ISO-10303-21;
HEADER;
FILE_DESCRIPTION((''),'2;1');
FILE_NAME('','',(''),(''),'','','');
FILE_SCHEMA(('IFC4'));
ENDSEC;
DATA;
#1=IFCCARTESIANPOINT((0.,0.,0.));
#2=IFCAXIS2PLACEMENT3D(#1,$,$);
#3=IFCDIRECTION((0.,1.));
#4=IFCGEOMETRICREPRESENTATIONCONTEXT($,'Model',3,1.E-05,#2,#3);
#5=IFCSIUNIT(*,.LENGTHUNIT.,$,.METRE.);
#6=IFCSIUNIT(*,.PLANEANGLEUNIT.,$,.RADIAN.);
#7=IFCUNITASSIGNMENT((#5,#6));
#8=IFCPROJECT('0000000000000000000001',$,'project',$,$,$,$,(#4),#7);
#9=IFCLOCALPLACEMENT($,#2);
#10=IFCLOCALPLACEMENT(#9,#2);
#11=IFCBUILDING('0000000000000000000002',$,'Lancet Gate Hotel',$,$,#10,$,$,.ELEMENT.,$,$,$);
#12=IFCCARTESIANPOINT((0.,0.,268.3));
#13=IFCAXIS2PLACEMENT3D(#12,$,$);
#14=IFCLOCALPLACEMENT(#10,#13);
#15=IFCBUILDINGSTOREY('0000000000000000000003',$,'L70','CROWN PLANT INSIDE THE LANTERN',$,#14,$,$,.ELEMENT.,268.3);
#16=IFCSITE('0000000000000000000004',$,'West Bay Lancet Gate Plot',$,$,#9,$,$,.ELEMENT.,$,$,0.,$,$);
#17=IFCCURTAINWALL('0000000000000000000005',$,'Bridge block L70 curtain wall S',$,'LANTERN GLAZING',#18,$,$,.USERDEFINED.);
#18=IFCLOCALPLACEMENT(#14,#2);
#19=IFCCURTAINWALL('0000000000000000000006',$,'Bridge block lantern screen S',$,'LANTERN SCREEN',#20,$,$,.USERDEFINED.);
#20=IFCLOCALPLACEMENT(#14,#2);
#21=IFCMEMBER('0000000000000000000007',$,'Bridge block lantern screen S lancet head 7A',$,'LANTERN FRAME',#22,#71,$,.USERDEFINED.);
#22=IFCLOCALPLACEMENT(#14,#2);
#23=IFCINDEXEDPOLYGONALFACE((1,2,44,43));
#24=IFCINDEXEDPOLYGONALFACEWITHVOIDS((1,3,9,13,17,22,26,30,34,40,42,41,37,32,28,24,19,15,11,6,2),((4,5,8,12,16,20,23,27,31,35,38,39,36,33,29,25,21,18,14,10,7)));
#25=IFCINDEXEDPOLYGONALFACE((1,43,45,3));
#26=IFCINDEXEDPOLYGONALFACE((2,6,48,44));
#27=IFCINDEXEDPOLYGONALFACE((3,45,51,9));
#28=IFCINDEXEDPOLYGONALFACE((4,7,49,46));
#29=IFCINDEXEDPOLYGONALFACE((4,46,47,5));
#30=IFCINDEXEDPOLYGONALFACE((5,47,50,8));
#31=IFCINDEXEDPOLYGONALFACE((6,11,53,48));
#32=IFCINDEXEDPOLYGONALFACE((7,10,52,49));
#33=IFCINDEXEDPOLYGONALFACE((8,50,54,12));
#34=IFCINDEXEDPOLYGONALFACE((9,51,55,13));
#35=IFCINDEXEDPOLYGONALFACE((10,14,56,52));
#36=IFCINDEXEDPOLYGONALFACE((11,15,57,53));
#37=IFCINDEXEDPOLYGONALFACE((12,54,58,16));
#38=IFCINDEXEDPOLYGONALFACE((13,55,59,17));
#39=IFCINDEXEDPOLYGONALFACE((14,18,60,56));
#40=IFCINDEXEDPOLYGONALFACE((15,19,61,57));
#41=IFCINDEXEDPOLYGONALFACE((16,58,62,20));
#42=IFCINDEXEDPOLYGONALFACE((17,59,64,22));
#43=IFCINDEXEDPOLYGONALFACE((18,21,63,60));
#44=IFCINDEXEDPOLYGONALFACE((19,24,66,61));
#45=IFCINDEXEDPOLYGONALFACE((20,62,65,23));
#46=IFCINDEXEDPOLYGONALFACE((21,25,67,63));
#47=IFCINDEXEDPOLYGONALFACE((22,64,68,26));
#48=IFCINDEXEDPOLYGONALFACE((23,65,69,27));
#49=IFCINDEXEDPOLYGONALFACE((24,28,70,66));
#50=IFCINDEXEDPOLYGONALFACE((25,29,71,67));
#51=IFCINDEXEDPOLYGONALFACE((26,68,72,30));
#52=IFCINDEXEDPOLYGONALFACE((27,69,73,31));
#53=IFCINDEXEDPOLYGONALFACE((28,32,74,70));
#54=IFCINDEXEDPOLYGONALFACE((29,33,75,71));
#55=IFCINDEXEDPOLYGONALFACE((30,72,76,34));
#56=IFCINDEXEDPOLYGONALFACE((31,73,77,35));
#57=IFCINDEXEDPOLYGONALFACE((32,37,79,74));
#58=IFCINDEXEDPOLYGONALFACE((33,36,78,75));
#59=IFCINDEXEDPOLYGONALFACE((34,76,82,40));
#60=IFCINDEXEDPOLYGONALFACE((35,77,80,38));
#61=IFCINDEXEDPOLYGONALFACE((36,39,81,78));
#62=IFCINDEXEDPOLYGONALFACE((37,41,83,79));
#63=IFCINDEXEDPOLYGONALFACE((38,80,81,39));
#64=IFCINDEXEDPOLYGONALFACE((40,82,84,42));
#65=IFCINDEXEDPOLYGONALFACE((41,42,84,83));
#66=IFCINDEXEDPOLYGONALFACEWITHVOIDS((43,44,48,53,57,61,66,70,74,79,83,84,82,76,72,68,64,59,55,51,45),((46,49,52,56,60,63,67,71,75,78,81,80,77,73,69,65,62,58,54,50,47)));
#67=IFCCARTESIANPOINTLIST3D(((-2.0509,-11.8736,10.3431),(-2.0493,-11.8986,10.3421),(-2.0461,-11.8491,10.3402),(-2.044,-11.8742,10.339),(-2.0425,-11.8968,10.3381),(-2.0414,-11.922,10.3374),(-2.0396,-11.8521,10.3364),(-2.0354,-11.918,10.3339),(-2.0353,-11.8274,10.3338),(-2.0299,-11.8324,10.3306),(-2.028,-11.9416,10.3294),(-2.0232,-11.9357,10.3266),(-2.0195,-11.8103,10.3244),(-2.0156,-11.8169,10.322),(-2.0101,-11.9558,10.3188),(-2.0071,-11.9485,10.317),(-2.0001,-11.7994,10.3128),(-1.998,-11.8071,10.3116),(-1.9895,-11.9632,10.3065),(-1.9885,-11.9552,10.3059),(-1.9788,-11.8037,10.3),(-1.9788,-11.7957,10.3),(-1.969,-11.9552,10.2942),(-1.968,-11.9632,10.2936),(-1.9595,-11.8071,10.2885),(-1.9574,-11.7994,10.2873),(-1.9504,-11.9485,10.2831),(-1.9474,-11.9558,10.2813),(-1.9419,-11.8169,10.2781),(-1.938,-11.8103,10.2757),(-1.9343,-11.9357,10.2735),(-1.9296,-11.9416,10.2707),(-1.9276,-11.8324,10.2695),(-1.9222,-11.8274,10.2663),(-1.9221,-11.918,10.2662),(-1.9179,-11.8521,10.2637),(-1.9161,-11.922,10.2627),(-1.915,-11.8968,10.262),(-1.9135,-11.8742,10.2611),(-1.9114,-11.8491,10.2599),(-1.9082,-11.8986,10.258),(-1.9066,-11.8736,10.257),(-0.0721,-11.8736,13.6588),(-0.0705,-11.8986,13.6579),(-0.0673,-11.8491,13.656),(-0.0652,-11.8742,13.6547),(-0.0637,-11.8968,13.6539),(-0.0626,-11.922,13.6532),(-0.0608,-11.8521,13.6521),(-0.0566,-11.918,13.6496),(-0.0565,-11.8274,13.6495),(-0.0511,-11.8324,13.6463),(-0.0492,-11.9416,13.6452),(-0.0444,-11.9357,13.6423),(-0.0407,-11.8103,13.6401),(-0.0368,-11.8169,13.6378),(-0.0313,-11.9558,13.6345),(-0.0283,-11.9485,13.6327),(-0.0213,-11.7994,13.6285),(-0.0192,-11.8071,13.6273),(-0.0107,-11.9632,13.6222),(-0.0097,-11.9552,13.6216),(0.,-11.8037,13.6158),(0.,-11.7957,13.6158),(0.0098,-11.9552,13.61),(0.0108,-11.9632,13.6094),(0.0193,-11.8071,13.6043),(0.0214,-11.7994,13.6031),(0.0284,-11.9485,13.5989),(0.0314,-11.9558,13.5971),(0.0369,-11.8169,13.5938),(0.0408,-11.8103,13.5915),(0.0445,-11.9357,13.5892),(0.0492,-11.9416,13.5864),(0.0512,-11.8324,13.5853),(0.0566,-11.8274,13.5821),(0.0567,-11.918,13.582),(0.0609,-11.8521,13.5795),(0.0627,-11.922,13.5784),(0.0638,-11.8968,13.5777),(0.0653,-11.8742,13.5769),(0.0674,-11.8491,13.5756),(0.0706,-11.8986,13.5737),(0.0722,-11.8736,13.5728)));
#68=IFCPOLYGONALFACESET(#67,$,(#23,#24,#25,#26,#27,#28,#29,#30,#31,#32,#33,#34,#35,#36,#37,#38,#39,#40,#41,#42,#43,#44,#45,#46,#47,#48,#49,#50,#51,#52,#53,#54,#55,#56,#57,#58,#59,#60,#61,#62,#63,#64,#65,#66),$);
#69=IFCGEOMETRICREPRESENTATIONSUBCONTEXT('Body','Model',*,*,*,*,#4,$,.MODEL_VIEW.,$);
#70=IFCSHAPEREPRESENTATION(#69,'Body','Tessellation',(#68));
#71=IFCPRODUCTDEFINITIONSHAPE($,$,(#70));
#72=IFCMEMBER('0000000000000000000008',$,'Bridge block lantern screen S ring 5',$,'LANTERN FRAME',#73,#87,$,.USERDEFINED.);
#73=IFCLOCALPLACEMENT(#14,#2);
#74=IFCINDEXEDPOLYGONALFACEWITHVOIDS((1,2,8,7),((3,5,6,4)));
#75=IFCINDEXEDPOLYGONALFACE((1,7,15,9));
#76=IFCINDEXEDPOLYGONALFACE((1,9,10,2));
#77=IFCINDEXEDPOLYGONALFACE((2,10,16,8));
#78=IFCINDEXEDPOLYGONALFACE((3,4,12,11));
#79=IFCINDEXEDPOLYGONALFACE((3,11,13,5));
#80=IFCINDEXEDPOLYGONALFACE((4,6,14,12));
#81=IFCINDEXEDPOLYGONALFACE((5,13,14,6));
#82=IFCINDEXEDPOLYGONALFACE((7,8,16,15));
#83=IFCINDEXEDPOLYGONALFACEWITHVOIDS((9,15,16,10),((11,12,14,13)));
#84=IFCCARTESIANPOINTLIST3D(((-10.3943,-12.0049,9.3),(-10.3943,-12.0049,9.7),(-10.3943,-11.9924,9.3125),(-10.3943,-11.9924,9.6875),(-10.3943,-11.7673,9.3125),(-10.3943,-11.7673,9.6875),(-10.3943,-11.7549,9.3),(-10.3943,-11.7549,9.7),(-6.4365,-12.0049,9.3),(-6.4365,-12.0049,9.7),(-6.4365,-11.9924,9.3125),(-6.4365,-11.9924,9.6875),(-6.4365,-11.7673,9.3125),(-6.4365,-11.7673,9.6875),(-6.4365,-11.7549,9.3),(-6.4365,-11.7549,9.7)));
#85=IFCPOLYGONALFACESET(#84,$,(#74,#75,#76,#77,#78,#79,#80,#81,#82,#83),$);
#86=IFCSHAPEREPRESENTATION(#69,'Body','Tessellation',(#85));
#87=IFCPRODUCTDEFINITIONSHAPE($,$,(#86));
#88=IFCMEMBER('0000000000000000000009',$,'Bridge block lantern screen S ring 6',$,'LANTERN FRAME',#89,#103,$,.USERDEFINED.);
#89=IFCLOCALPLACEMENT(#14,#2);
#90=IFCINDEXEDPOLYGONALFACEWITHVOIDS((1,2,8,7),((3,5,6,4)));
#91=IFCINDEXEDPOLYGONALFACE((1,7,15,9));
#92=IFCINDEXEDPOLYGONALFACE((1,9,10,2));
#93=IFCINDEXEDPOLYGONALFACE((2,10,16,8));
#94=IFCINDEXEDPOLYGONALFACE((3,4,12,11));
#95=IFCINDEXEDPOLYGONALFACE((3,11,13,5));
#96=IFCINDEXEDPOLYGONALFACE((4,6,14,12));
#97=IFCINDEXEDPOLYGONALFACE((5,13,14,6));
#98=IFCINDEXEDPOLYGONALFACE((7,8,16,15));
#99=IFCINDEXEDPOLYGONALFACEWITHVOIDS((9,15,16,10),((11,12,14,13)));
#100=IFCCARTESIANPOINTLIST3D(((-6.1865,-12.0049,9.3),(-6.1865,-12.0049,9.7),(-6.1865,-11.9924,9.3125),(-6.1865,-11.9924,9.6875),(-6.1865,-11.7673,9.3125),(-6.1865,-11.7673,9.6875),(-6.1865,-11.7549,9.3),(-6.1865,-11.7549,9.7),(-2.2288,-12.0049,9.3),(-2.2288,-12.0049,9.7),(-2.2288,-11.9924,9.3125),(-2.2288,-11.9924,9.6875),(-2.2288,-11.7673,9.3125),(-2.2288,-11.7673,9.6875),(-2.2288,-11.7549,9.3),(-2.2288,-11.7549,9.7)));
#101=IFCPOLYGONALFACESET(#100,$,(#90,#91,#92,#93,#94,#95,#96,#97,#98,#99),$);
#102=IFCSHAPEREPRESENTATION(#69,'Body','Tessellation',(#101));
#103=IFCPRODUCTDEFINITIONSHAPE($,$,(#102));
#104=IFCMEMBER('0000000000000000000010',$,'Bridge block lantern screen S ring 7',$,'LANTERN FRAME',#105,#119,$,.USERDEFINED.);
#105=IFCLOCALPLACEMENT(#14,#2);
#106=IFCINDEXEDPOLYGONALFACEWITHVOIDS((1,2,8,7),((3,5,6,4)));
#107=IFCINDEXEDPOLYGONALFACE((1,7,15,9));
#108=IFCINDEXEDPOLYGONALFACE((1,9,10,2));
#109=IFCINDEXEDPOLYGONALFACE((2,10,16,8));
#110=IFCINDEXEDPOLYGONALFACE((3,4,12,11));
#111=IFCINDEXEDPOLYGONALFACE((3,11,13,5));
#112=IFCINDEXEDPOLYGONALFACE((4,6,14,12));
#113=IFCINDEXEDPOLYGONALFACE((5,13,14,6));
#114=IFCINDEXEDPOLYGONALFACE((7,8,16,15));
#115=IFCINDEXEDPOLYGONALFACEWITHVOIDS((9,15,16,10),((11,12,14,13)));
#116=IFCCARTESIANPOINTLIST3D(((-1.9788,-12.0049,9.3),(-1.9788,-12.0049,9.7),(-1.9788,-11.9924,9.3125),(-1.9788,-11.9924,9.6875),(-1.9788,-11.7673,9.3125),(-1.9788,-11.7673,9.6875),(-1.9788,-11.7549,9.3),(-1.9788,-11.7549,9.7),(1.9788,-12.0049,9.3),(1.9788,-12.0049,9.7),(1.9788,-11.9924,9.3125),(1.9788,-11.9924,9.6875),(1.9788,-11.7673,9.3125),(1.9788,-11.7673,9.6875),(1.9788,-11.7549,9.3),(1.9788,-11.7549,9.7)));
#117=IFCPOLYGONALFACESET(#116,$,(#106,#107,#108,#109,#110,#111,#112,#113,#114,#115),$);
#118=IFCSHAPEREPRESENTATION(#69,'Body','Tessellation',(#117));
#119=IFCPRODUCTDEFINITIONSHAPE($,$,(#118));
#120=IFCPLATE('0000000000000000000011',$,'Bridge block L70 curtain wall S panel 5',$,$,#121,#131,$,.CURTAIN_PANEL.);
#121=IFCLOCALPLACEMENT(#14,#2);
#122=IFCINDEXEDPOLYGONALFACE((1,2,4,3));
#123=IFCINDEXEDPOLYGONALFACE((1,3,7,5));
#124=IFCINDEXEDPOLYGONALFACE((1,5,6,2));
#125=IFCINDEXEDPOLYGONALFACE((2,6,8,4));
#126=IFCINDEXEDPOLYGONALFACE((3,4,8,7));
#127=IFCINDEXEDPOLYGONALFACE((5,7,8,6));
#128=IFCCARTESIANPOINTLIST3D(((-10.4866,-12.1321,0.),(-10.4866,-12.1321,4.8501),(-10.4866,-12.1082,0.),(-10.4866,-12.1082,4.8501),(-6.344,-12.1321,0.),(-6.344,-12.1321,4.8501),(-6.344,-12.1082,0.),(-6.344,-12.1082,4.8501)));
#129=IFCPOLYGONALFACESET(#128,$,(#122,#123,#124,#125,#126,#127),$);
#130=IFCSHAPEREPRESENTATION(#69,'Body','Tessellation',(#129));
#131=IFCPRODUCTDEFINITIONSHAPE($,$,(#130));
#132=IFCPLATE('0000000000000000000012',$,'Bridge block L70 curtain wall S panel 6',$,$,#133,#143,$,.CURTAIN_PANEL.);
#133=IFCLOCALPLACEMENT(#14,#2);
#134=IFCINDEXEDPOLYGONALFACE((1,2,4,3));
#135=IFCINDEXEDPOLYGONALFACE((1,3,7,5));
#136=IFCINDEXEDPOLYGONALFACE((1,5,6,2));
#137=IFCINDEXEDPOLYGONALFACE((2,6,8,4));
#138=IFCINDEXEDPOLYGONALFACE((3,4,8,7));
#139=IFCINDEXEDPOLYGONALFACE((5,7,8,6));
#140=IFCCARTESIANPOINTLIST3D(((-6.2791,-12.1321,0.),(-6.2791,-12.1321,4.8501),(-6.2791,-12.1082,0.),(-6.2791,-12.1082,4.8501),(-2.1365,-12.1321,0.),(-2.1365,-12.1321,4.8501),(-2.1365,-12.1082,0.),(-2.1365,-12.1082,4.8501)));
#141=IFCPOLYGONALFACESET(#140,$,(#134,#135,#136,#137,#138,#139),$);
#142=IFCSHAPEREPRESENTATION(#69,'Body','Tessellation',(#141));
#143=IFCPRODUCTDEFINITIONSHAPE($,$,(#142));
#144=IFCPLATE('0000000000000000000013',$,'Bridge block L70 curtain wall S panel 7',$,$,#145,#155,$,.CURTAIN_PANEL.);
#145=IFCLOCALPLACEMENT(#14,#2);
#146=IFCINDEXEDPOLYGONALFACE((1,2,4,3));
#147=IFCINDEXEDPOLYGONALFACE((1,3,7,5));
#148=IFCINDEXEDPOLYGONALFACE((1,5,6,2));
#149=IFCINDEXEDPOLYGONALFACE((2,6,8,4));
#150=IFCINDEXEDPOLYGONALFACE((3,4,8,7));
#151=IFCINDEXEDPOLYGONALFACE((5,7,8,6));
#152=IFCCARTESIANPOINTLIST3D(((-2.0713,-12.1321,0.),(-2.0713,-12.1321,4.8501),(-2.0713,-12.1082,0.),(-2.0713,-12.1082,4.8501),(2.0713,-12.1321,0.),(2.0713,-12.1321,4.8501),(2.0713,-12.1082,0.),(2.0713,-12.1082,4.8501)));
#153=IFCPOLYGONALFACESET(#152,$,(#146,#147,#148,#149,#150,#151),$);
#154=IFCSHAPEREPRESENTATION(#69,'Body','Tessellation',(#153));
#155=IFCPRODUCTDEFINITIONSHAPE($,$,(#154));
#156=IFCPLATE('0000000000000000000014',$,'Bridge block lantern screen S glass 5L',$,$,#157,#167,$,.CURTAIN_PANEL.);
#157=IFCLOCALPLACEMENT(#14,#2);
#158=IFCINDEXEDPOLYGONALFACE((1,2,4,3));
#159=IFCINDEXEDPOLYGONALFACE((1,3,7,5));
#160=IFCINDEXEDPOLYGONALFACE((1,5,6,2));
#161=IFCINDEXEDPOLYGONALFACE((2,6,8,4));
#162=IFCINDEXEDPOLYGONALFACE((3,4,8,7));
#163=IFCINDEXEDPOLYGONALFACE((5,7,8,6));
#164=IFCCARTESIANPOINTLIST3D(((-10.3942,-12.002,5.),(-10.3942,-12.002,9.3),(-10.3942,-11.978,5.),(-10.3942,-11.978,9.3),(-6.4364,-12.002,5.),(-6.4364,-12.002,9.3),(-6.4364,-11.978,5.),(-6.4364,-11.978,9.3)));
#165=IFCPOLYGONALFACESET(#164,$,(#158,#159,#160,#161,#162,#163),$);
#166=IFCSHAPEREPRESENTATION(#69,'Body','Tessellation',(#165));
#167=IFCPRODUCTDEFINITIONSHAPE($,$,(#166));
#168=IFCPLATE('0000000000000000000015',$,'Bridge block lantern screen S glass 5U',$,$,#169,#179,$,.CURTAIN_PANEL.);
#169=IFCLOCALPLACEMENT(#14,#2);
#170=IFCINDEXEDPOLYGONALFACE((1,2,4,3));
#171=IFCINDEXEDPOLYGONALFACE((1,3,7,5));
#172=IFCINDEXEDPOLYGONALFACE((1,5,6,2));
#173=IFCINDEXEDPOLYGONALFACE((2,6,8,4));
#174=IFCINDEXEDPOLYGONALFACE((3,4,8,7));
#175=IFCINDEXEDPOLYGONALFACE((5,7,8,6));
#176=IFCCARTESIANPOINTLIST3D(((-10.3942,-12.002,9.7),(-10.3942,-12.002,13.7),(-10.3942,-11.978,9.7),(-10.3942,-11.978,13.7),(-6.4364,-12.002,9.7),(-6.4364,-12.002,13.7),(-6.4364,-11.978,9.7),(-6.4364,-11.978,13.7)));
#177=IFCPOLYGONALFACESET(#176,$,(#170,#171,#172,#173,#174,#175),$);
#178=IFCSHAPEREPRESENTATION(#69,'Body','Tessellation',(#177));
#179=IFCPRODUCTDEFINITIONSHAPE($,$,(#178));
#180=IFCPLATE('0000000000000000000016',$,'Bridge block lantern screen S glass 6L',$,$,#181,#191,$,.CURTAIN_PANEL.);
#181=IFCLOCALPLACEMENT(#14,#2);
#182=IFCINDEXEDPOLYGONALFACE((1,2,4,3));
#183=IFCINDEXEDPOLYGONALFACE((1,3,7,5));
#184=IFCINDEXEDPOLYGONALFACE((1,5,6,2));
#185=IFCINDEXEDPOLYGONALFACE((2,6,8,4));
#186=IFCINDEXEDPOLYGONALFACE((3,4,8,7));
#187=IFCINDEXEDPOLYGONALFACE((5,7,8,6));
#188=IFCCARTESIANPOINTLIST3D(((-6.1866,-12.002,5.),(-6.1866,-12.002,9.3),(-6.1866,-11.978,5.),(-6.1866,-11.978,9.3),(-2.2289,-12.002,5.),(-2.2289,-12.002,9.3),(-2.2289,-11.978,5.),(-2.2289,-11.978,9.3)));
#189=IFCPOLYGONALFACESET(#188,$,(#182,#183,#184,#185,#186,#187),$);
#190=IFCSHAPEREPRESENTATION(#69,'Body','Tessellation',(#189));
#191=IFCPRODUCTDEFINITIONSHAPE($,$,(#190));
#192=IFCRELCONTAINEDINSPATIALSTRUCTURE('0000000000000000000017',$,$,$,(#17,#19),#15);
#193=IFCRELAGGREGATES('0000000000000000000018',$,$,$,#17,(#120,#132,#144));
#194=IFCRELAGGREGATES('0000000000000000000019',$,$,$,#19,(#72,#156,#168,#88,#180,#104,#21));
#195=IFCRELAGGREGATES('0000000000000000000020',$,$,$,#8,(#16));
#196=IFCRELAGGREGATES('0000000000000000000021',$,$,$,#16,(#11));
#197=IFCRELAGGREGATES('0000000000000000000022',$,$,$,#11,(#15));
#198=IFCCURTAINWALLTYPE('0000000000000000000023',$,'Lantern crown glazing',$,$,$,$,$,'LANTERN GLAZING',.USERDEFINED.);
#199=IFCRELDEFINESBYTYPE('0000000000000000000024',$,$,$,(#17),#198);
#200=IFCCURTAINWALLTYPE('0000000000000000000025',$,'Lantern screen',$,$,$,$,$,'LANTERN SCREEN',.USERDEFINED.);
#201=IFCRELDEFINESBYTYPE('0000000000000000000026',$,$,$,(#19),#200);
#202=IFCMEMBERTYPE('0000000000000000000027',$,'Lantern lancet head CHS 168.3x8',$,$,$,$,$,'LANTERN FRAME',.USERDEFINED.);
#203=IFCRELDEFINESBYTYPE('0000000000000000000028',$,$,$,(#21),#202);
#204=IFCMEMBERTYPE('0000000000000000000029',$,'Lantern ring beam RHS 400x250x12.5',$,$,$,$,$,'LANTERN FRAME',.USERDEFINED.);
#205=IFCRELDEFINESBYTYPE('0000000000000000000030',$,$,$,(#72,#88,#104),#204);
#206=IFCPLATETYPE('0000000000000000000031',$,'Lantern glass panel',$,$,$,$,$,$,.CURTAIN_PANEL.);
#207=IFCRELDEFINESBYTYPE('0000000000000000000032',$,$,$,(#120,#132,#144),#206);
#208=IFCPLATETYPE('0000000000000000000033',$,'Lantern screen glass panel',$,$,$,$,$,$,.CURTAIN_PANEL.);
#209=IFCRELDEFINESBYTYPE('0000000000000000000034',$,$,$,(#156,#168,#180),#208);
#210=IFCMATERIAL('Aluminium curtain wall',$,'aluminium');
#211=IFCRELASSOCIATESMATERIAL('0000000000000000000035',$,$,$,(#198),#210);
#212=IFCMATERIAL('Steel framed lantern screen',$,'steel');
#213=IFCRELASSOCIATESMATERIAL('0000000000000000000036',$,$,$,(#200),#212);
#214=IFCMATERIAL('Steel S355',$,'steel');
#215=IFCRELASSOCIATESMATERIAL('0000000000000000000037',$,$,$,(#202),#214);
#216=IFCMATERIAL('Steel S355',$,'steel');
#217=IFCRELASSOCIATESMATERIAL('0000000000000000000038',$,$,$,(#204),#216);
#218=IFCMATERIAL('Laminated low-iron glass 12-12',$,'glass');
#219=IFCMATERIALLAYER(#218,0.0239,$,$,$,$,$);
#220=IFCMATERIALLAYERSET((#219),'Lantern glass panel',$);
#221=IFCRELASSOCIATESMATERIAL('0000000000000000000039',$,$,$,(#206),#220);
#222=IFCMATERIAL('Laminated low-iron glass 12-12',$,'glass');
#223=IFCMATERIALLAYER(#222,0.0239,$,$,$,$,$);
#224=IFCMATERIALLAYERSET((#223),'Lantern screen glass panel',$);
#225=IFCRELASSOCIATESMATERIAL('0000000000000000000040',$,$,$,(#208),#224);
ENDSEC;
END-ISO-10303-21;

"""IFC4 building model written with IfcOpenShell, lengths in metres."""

from ifc_helpers import new_model, si_unit, direction, frame, origin, origin_2d, place, context, subcontext, project, spatial, rectangle, hollow_rectangle, hollow_circle, extrude, material, layer, layer_set, material_profile, profile_set, type_object, element, aggregate, save


model = new_model("IFC4")

# Units and contexts
model_context = context("Model", 3, precision=1e-05, world=origin(), true_north=direction((0.0, 1.0)))
body_context = subcontext(model_context, "Body", "Model", "MODEL_VIEW")
ifc_project = project(units=[si_unit("LENGTHUNIT", "METRE"), si_unit("PLANEANGLEUNIT", "RADIAN")], contexts=[model_context])

# Site, building, storey
site_placement = place(None, origin())
site = spatial("IfcSite", under=ifc_project, at=site_placement, Name="West Bay Lancet Gate Plot", CompositionType="ELEMENT", RefElevation=0.0)
building_placement = place(site_placement, origin())
building = spatial("IfcBuilding", under=site, at=building_placement, Name="Lancet Gate Hotel", CompositionType="ELEMENT")
storey_placement = place(building_placement, frame((0.0, 0.0, 268.3)))
storey = spatial("IfcBuildingStorey", under=building, at=storey_placement, Name="L70", Description="CROWN PLANT INSIDE THE LANTERN", CompositionType="ELEMENT", Elevation=268.3)

# Curtain wall
ifc_material_1 = material(Name="Aluminium curtain wall", Category="aluminium")
curtain_wall_type_1 = type_object("IfcCurtainWallType", Name="Lantern crown glazing", ElementType="LANTERN GLAZING", PredefinedType="USERDEFINED", material=ifc_material_1)
curtain_wall_1_placement = place(storey_placement, origin())
curtain_wall_1 = element("IfcCurtainWall", 1, at=curtain_wall_1_placement, inside=storey, type_object=curtain_wall_type_1, Name="Bridge block L70 curtain wall S", ObjectType="LANTERN GLAZING", PredefinedType="USERDEFINED")

# Curtain wall, members
ifc_material_2 = material(Name="Steel framed lantern screen", Category="steel")
curtain_wall_type_2 = type_object("IfcCurtainWallType", Name="Lantern screen", ElementType="LANTERN SCREEN", PredefinedType="USERDEFINED", material=ifc_material_2)
curtain_wall_2_placement = place(storey_placement, origin())
curtain_wall_2 = element("IfcCurtainWall", 2, at=curtain_wall_2_placement, inside=storey, type_object=curtain_wall_type_2, Name="Bridge block lantern screen S", ObjectType="LANTERN SCREEN", PredefinedType="USERDEFINED")
ifc_material_3 = material(Name="Steel S355", Category="steel")
ifc_material_profile_1 = material_profile(ifc_material_3, hollow_circle(Radius=0.0842, WallThickness=0.0081, at=origin_2d()), Name="CHS 168.3x8.0")
ifc_profile_set_1 = profile_set([ifc_material_profile_1], Name="Steel S355")
member_type_1 = type_object("IfcMemberType", Name="Lantern lancet head CHS 168.3x8", ElementType="LANTERN FRAME", PredefinedType="USERDEFINED", material=ifc_profile_set_1)
member_1_placement = place(storey_placement, frame((-1.9788, -11.8799, 10.3), z_axis=(0.512467, 0.0, 0.858707), x_axis=(0.0, 1.0, 0.0)))
member_1 = element("IfcMember", 3, at=member_1_placement, type_object=member_type_1, Name="Bridge block lantern screen S lancet head 7A", ObjectType="LANTERN FRAME", PredefinedType="USERDEFINED", context=body_context, shape_type="SweptSolid", body=[
    extrude(hollow_circle(Radius=0.0842, WallThickness=0.0081, at=origin_2d()), origin(), (0.0, 0.0, 1.0), 3.8613),
])
ifc_material_4 = material(Name="Steel S355", Category="steel")
ifc_material_profile_2 = material_profile(ifc_material_4, hollow_rectangle(XDim=0.25, YDim=0.3999, WallThickness=0.0125, at=origin_2d()), Name="RHS 400x250x12.5")
ifc_profile_set_2 = profile_set([ifc_material_profile_2], Name="Steel S355")
member_type_2 = type_object("IfcMemberType", Name="Lantern ring beam RHS 400x250x12.5", ElementType="LANTERN FRAME", PredefinedType="USERDEFINED", material=ifc_profile_set_2)
member_2_placement = place(storey_placement, frame((-10.3943, -11.8799, 9.5), z_axis=(1.0, 0.0, 0.0), x_axis=(0.0, 1.0, 0.0)))
member_2 = element("IfcMember", 4, at=member_2_placement, type_object=member_type_2, Name="Bridge block lantern screen S ring 5", ObjectType="LANTERN FRAME", PredefinedType="USERDEFINED", context=body_context, shape_type="SweptSolid", body=[
    extrude(hollow_rectangle(XDim=0.25, YDim=0.3999, WallThickness=0.0125, at=origin_2d()), origin(), (0.0, 0.0, 1.0), 3.9578),
])
member_3_placement = place(storey_placement, frame((-6.1865, -11.8799, 9.5), z_axis=(1.0, 0.0, 0.0), x_axis=(0.0, 1.0, 0.0)))
member_3 = element("IfcMember", 5, at=member_3_placement, type_object=member_type_2, Name="Bridge block lantern screen S ring 6", ObjectType="LANTERN FRAME", PredefinedType="USERDEFINED", context=body_context, shape_type="SweptSolid", body=[
    extrude(hollow_rectangle(XDim=0.25, YDim=0.3999, WallThickness=0.0125, at=origin_2d()), origin(), (0.0, 0.0, 1.0), 3.9578),
])
member_4_placement = place(storey_placement, frame((-1.9788, -11.8799, 9.5), z_axis=(1.0, 0.0, 0.0), x_axis=(0.0, 1.0, 0.0)))
member_4 = element("IfcMember", 6, at=member_4_placement, type_object=member_type_2, Name="Bridge block lantern screen S ring 7", ObjectType="LANTERN FRAME", PredefinedType="USERDEFINED", context=body_context, shape_type="SweptSolid", body=[
    extrude(hollow_rectangle(XDim=0.25, YDim=0.3999, WallThickness=0.0125, at=origin_2d()), origin(), (0.0, 0.0, 1.0), 3.9575),
])

# Plates
ifc_material_5 = material(Name="Laminated low-iron glass 12-12", Category="glass")
ifc_layer_1 = layer(ifc_material_5, 0.0239)
ifc_layer_set_1 = layer_set([ifc_layer_1], Name="Lantern glass panel")
plate_type_1 = type_object("IfcPlateType", Name="Lantern glass panel", PredefinedType="CURTAIN_PANEL", material=ifc_layer_set_1)
plate_1_placement = place(storey_placement, frame((-8.4153, -12.1201, 0.0), z_axis=(0.0, 0.0, 1.0), x_axis=(1.0, 0.0, 0.0)))
plate_1 = element("IfcPlate", 7, at=plate_1_placement, type_object=plate_type_1, Name="Bridge block L70 curtain wall S panel 5", PredefinedType="CURTAIN_PANEL", context=body_context, shape_type="SweptSolid", body=[
    extrude(rectangle(XDim=4.1426, YDim=0.0239, at=origin_2d()), origin(), (0.0, 0.0, 1.0), 4.8501),
])
plate_2_placement = place(storey_placement, frame((-4.2078, -12.1201, 0.0), z_axis=(0.0, 0.0, 1.0), x_axis=(1.0, 0.0, 0.0)))
plate_2 = element("IfcPlate", 8, at=plate_2_placement, type_object=plate_type_1, Name="Bridge block L70 curtain wall S panel 6", PredefinedType="CURTAIN_PANEL", context=body_context, shape_type="SweptSolid", body=[
    extrude(rectangle(XDim=4.1426, YDim=0.0239, at=origin_2d()), origin(), (0.0, 0.0, 1.0), 4.8501),
])
plate_3_placement = place(storey_placement, frame((0.0, -12.1201, 0.0), z_axis=(0.0, 0.0, 1.0), x_axis=(1.0, 0.0, 0.0)))
plate_3 = element("IfcPlate", 9, at=plate_3_placement, type_object=plate_type_1, Name="Bridge block L70 curtain wall S panel 7", PredefinedType="CURTAIN_PANEL", context=body_context, shape_type="SweptSolid", body=[
    extrude(rectangle(XDim=4.1426, YDim=0.0239, at=origin_2d()), origin(), (0.0, 0.0, 1.0), 4.8501),
])
aggregate(curtain_wall_1, [plate_1, plate_2, plate_3])
ifc_material_6 = material(Name="Laminated low-iron glass 12-12", Category="glass")
ifc_layer_2 = layer(ifc_material_6, 0.0239)
ifc_layer_set_2 = layer_set([ifc_layer_2], Name="Lantern screen glass panel")
plate_type_2 = type_object("IfcPlateType", Name="Lantern screen glass panel", PredefinedType="CURTAIN_PANEL", material=ifc_layer_set_2)
plate_4_placement = place(storey_placement, frame((-8.4153, -11.99, 5.0), z_axis=(0.0, 0.0, 1.0), x_axis=(1.0, 0.0, 0.0)))
plate_4 = element("IfcPlate", 10, at=plate_4_placement, type_object=plate_type_2, Name="Bridge block lantern screen S glass 5L", PredefinedType="CURTAIN_PANEL", context=body_context, shape_type="SweptSolid", body=[
    extrude(rectangle(XDim=3.9578, YDim=0.0239, at=origin_2d()), origin(), (0.0, 0.0, 1.0), 4.3),
])
plate_5_placement = place(storey_placement, frame((-8.4153, -11.99, 9.7), z_axis=(0.0, 0.0, 1.0), x_axis=(1.0, 0.0, 0.0)))
plate_5 = element("IfcPlate", 11, at=plate_5_placement, type_object=plate_type_2, Name="Bridge block lantern screen S glass 5U", PredefinedType="CURTAIN_PANEL", context=body_context, shape_type="SweptSolid", body=[
    extrude(rectangle(XDim=3.9578, YDim=0.0239, at=origin_2d()), origin(), (0.0, 0.0, 1.0), 4.0),
])
plate_6_placement = place(storey_placement, frame((-4.2078, -11.99, 5.0), z_axis=(0.0, 0.0, 1.0), x_axis=(1.0, 0.0, 0.0)))
plate_6 = element("IfcPlate", 12, at=plate_6_placement, type_object=plate_type_2, Name="Bridge block lantern screen S glass 6L", PredefinedType="CURTAIN_PANEL", context=body_context, shape_type="SweptSolid", body=[
    extrude(rectangle(XDim=3.9578, YDim=0.0239, at=origin_2d()), origin(), (0.0, 0.0, 1.0), 4.3),
])
aggregate(curtain_wall_2, [member_2, plate_4, plate_5, member_3, plate_6, member_4, member_1])

save(model, "model.ifc")
